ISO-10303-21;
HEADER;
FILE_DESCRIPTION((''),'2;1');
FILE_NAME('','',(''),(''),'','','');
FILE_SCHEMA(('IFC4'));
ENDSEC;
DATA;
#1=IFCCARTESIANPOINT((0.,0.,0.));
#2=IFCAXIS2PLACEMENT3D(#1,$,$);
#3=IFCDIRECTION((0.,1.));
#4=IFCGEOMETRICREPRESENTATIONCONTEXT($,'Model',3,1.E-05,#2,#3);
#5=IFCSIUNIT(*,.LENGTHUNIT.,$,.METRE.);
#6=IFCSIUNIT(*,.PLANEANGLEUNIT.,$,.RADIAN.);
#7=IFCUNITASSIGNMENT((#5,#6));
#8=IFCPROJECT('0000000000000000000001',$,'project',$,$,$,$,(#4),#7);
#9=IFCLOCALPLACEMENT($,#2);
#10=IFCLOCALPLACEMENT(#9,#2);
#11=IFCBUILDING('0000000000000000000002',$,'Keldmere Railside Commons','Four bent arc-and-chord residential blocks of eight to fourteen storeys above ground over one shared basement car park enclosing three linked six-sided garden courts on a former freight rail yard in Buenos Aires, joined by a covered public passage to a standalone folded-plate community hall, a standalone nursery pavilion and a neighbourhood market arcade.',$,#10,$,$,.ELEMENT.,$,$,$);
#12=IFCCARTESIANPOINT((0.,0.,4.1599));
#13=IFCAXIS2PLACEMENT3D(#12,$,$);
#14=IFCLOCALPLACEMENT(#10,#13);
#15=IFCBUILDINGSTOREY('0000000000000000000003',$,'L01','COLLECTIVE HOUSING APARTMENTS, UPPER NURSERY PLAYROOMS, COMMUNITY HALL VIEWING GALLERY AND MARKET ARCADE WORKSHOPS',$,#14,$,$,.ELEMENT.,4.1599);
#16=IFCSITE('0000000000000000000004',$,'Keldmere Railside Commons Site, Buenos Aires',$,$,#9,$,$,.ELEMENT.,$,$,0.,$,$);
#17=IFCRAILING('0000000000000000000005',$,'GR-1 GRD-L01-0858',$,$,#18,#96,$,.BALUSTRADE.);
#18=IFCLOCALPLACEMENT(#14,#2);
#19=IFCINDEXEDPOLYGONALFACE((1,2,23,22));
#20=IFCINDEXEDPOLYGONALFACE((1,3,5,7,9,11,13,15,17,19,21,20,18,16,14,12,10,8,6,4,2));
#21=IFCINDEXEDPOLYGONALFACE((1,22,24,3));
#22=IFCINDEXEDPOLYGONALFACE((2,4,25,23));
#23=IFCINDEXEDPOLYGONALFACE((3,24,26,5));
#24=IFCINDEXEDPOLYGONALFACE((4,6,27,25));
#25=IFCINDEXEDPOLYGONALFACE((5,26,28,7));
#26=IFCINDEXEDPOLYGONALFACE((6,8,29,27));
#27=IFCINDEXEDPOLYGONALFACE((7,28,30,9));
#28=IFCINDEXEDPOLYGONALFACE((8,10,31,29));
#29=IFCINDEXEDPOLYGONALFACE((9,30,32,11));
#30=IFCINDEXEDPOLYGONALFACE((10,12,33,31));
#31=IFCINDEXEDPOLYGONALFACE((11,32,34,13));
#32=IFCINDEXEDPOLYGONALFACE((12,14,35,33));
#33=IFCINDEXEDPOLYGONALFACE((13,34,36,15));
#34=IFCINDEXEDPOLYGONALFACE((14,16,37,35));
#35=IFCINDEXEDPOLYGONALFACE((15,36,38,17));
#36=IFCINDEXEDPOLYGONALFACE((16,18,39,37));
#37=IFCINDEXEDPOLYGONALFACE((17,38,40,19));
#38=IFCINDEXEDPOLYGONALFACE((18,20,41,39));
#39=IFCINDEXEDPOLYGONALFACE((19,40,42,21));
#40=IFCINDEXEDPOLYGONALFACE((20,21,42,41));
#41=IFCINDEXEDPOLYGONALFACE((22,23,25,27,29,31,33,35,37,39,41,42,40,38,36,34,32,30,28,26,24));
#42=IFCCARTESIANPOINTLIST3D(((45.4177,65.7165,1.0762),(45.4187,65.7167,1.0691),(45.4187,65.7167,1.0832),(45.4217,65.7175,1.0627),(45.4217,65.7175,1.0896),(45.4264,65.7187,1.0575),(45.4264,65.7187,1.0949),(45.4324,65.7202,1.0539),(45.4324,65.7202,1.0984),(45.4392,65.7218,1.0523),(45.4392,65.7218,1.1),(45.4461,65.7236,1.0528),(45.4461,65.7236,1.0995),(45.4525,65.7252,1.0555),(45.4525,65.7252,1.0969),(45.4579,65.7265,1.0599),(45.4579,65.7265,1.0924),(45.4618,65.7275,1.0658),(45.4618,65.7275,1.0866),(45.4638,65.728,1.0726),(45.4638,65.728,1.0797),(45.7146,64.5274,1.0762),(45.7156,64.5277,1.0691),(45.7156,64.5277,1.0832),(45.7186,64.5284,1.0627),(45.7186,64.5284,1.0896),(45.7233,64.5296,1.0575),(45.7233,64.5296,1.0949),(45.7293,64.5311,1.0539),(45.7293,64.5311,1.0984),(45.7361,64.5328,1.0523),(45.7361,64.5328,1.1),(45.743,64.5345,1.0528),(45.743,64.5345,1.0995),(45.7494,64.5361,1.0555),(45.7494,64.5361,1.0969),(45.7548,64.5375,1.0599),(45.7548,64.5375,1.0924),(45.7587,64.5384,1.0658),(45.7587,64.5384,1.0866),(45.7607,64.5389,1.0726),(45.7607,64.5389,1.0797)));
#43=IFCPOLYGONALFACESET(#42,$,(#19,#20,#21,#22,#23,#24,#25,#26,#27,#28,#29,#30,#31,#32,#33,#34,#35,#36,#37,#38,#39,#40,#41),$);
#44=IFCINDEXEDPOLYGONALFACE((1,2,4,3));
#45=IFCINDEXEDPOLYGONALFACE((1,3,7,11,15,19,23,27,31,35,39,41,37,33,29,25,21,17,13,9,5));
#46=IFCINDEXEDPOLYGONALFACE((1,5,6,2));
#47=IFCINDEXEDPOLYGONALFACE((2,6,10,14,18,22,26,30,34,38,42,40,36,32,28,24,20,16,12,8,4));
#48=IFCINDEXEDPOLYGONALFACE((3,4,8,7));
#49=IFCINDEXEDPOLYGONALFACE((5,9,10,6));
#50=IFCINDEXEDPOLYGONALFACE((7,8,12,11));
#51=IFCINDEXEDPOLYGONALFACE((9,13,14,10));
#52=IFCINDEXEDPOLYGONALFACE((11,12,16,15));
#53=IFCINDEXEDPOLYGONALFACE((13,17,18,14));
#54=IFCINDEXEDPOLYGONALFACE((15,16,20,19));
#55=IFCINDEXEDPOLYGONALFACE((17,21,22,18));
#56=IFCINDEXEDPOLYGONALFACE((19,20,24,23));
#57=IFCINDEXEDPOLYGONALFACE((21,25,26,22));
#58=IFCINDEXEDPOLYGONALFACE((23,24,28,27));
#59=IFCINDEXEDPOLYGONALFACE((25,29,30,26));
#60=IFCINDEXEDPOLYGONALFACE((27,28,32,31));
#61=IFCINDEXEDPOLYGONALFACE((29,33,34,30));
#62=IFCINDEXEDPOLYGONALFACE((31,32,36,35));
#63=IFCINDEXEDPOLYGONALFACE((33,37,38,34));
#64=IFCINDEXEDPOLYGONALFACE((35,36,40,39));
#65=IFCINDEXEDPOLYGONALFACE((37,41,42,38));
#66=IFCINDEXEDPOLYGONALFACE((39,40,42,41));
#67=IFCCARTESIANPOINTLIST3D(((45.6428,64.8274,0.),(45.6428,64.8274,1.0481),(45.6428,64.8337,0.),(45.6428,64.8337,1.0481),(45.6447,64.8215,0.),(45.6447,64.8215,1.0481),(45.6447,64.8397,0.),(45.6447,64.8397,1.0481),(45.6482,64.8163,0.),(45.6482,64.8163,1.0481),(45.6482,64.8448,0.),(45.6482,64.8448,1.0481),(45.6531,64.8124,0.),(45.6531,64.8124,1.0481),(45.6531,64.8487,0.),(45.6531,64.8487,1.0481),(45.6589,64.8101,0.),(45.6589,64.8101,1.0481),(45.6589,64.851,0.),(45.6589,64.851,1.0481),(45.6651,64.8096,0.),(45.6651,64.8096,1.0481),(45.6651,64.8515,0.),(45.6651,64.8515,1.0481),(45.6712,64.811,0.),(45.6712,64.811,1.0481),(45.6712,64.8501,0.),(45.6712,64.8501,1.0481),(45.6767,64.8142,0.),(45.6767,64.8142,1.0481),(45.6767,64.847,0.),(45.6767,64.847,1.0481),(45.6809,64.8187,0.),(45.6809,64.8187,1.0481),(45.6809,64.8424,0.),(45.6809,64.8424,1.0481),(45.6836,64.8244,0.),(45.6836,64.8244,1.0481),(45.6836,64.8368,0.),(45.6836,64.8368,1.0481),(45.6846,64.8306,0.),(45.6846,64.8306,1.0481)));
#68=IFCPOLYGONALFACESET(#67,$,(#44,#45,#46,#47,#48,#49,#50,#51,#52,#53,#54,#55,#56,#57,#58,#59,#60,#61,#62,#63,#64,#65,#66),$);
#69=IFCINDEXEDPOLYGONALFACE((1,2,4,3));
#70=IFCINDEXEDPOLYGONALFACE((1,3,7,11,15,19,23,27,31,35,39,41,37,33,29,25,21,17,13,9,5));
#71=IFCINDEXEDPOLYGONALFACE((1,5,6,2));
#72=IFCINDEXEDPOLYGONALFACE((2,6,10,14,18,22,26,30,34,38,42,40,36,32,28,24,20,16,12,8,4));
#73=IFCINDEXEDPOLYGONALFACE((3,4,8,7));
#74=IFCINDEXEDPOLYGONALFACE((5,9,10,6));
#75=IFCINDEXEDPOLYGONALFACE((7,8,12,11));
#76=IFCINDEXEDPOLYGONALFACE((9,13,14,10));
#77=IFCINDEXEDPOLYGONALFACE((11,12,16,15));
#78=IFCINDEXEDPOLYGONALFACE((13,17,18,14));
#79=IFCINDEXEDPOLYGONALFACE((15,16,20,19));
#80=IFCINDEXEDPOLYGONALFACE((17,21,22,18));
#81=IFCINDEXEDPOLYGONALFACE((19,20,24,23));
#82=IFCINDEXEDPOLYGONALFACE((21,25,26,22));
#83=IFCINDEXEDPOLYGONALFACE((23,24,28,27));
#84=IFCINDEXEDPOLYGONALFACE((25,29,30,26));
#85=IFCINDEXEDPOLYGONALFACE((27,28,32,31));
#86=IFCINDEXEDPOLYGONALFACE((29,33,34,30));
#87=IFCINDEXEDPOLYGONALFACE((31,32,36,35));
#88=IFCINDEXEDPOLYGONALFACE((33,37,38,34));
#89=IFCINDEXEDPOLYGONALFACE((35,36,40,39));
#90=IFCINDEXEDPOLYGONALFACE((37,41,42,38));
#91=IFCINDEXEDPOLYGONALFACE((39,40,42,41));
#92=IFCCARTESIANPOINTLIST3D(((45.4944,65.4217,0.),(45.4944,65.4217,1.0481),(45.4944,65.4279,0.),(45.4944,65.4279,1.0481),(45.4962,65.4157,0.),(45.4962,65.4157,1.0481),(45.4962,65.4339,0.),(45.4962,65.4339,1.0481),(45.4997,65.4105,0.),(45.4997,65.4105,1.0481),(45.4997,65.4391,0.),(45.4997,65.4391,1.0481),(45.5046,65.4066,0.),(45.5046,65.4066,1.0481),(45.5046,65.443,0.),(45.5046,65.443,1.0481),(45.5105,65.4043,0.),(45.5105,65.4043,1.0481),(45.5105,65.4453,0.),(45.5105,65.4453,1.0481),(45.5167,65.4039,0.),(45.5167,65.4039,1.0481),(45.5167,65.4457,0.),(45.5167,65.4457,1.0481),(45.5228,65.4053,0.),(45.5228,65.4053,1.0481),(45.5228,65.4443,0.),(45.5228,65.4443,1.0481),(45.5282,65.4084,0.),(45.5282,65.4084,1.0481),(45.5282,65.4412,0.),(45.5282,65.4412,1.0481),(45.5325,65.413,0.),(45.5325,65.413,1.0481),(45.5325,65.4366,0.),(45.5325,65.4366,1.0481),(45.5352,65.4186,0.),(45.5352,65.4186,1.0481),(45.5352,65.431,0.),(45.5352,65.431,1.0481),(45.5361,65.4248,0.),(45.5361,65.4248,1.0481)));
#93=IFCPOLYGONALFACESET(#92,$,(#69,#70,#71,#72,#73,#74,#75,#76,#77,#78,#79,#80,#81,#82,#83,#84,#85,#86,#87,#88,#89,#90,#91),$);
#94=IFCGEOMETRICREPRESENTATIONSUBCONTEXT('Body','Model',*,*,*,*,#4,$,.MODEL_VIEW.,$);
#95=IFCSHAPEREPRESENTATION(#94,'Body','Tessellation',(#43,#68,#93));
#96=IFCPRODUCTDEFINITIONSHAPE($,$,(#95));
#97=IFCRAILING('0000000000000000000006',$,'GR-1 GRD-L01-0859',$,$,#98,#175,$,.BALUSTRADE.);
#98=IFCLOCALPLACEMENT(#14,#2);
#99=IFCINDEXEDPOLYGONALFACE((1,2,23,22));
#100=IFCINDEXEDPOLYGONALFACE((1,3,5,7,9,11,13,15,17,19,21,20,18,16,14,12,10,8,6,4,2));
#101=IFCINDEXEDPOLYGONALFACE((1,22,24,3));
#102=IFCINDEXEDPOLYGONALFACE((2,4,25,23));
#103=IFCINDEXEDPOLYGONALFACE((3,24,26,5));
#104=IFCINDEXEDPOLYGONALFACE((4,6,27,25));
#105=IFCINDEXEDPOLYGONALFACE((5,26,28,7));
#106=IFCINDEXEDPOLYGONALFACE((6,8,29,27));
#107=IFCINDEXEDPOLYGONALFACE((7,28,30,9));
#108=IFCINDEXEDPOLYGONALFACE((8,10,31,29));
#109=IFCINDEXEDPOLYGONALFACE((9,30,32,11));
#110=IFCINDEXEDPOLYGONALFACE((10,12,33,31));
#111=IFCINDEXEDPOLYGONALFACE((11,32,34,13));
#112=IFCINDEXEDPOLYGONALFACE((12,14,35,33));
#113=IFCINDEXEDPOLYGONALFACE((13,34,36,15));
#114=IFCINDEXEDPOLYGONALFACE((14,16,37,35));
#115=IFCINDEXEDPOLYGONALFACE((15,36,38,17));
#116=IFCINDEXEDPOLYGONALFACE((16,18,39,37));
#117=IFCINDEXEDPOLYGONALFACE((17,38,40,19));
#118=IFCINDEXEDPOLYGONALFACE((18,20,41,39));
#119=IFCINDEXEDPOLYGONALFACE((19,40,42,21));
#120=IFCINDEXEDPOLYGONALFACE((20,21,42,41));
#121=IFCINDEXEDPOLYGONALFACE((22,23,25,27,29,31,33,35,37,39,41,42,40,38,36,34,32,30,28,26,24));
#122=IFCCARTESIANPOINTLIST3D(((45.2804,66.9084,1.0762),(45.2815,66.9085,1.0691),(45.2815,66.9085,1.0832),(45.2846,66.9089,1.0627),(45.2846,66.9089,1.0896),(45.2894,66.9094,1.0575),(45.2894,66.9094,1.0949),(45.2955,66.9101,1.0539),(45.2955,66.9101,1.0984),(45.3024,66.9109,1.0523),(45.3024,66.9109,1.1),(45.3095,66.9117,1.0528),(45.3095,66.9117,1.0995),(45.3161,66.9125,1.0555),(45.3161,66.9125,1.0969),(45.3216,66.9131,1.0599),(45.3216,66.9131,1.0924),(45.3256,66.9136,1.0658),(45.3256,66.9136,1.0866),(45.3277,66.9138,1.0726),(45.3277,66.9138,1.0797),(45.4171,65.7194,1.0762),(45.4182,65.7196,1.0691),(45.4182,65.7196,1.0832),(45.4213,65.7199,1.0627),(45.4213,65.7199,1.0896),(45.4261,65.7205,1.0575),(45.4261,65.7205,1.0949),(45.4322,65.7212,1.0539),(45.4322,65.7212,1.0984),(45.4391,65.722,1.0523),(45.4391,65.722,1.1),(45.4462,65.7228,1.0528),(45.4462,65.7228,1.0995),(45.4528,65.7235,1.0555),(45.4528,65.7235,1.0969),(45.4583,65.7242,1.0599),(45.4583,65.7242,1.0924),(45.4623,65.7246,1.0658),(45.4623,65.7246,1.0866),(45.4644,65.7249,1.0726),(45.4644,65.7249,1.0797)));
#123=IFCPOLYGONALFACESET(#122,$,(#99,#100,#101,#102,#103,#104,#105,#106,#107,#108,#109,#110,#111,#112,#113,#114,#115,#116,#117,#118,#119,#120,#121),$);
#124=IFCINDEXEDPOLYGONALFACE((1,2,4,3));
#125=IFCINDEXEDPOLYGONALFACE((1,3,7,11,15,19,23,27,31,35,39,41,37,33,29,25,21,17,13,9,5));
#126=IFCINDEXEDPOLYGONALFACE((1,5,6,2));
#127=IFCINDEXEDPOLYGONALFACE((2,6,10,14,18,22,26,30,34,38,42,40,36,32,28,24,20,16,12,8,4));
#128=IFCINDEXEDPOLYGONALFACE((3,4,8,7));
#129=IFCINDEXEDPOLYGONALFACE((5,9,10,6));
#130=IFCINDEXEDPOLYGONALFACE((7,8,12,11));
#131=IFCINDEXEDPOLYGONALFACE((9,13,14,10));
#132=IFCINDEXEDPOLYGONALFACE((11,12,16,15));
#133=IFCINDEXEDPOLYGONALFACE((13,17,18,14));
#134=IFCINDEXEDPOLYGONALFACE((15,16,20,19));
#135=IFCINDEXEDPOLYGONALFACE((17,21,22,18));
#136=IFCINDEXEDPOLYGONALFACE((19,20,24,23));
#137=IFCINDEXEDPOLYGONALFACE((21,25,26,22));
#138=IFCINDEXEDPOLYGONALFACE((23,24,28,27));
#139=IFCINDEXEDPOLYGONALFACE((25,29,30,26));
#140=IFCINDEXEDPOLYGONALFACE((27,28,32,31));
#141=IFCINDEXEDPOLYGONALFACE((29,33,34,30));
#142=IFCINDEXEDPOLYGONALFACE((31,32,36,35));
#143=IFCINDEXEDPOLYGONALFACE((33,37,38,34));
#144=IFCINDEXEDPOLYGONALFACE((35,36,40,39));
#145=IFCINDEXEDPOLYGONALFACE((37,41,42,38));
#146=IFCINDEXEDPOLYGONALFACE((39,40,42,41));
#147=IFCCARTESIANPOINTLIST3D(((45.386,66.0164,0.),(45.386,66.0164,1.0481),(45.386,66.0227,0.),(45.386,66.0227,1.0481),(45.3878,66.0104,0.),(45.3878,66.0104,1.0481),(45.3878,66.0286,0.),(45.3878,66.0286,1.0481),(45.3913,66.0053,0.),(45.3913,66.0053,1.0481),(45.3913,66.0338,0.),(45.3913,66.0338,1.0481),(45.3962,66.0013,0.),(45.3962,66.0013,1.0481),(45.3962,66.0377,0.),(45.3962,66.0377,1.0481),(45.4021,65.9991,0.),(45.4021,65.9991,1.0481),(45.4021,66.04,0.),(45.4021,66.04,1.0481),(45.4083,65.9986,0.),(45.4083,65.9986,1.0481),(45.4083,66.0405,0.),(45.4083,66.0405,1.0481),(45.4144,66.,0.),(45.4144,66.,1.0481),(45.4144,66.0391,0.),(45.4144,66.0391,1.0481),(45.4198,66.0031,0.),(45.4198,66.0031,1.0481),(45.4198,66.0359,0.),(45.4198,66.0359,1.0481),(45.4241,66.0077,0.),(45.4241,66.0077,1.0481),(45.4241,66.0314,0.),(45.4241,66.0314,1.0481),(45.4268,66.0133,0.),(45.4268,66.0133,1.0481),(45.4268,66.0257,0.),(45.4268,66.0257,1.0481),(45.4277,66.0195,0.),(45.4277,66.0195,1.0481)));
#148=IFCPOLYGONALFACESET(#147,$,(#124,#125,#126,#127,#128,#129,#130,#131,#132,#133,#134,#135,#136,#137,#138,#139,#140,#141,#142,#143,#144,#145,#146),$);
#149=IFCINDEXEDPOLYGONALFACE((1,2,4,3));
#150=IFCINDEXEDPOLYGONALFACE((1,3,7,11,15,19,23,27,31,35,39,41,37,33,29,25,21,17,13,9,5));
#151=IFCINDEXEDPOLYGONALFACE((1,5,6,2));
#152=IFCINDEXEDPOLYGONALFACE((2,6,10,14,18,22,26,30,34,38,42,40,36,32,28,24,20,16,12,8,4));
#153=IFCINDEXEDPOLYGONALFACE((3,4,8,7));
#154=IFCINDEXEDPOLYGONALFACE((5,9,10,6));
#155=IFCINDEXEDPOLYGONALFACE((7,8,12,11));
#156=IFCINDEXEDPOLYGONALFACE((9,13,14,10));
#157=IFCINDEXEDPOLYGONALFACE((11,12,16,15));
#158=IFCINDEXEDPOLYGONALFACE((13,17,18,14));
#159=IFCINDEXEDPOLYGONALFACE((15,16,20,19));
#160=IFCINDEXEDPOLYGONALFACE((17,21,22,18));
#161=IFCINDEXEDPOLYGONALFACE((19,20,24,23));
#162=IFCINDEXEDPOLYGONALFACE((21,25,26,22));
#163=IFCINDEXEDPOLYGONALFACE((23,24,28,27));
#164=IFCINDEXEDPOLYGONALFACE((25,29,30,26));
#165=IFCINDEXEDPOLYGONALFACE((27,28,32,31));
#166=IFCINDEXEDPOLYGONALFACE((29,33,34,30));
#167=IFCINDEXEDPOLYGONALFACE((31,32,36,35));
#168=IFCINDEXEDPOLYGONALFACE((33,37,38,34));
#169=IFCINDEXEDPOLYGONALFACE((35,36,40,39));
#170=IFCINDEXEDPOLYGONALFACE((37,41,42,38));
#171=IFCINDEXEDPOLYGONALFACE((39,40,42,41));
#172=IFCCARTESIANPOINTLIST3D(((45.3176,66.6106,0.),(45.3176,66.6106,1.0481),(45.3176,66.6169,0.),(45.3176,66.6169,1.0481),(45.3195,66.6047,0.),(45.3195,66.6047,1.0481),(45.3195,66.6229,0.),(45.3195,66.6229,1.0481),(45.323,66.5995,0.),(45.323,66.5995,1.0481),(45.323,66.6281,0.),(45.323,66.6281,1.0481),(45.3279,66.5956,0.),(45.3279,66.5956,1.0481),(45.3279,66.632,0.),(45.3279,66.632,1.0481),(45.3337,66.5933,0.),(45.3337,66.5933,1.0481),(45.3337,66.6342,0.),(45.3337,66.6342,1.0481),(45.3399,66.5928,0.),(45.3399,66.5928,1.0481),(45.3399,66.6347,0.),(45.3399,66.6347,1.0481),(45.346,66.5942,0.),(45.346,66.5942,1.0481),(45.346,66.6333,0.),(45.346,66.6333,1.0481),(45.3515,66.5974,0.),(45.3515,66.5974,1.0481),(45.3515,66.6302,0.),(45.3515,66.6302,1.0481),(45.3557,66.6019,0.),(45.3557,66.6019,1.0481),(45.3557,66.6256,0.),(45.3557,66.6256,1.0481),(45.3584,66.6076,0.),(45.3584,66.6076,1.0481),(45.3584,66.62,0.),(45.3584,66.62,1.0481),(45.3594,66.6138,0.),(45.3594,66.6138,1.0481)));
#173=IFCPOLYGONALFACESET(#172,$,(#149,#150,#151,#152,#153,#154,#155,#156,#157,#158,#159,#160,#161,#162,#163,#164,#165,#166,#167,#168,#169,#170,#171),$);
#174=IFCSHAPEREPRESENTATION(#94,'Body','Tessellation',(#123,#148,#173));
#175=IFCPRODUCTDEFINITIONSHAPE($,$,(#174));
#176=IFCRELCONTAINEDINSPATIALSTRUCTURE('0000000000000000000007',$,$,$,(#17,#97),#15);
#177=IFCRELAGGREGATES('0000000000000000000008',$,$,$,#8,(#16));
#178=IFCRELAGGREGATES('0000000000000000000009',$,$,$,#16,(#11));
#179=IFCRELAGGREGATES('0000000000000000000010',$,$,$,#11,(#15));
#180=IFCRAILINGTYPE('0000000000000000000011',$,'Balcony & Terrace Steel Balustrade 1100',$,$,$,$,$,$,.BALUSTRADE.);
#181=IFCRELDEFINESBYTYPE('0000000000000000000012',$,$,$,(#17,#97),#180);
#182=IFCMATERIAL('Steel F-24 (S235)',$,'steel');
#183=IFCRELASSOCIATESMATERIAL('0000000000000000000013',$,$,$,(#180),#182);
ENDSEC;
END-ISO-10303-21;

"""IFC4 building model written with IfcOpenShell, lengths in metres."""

from ifc_helpers import new_model, si_unit, direction, frame, origin, origin_2d, place, context, subcontext, project, spatial, circle, extrude, material, type_object, element, save


model = new_model("IFC4")

# Units and contexts
model_context = context("Model", 3, precision=1e-05, world=origin(), true_north=direction((0.0, 1.0)))
body_context = subcontext(model_context, "Body", "Model", "MODEL_VIEW")
ifc_project = project(units=[si_unit("LENGTHUNIT", "METRE"), si_unit("PLANEANGLEUNIT", "RADIAN")], contexts=[model_context])

# Site, building, storey
site_placement = place(None, origin())
site = spatial("IfcSite", under=ifc_project, at=site_placement, Name="Keldmere Railside Commons Site, Buenos Aires", CompositionType="ELEMENT", RefElevation=0.0)
building_placement = place(site_placement, origin())
building = spatial("IfcBuilding", under=site, at=building_placement, Name="Keldmere Railside Commons", Description="Four bent arc-and-chord residential blocks of eight to fourteen storeys above ground over one shared basement car park enclosing three linked six-sided garden courts on a former freight rail yard in Buenos Aires, joined by a covered public passage to a standalone folded-plate community hall, a standalone nursery pavilion and a neighbourhood market arcade.", CompositionType="ELEMENT")
storey_placement = place(building_placement, frame((0.0, 0.0, 4.1599)))
storey = spatial("IfcBuildingStorey", under=building, at=storey_placement, Name="L01", Description="COLLECTIVE HOUSING APARTMENTS, UPPER NURSERY PLAYROOMS, COMMUNITY HALL VIEWING GALLERY AND MARKET ARCADE WORKSHOPS", CompositionType="ELEMENT", Elevation=4.1599)

# Railings
ifc_material_1 = material(Name="Steel F-24 (S235)", Category="steel")
railing_type = type_object("IfcRailingType", Name="Balcony & Terrace Steel Balustrade 1100", PredefinedType="BALUSTRADE", material=ifc_material_1)
railing_1_placement = place(storey_placement, frame((45.7378, 64.5332, 0.0)))
element("IfcRailing", 1, at=railing_1_placement, inside=storey, type_object=railing_type, Name="GR-1 GRD-L01-0858", PredefinedType="BALUSTRADE", context=body_context, shape_type="SweptSolid", body=[
    extrude(circle(Radius=0.0239, at=origin_2d()), frame((0.0, 0.0, 1.0762), z_axis=(-0.242254, 0.970213, 0.0), x_axis=(-0.970213, -0.242254, 0.0)), (0.0, 0.0, 1.0), 1.2256),
    extrude(circle(Radius=0.021, at=origin_2d()), frame((-0.0742, 0.2974, 0.0)), (0.0, 0.0, 1.0), 1.0481),
    extrude(circle(Radius=0.021, at=origin_2d()), frame((-0.2227, 0.8916, 0.0)), (0.0, 0.0, 1.0), 1.0481),
])
railing_2_placement = place(storey_placement, frame((45.4409, 65.7222, 0.0)))
element("IfcRailing", 2, at=railing_2_placement, inside=storey, type_object=railing_type, Name="GR-1 GRD-L01-0859", PredefinedType="BALUSTRADE", context=body_context, shape_type="SweptSolid", body=[
    extrude(circle(Radius=0.0239, at=origin_2d()), frame((0.0, 0.0, 1.0762), z_axis=(-0.114237, 0.993454, 0.0), x_axis=(-0.993454, -0.114237, 0.0)), (0.0, 0.0, 1.0), 1.1968),
    extrude(circle(Radius=0.021, at=origin_2d()), frame((-0.0342, 0.2974, 0.0)), (0.0, 0.0, 1.0), 1.0481),
    extrude(circle(Radius=0.021, at=origin_2d()), frame((-0.1025, 0.8916, 0.0)), (0.0, 0.0, 1.0), 1.0481),
])

save(model, "model.ifc")
